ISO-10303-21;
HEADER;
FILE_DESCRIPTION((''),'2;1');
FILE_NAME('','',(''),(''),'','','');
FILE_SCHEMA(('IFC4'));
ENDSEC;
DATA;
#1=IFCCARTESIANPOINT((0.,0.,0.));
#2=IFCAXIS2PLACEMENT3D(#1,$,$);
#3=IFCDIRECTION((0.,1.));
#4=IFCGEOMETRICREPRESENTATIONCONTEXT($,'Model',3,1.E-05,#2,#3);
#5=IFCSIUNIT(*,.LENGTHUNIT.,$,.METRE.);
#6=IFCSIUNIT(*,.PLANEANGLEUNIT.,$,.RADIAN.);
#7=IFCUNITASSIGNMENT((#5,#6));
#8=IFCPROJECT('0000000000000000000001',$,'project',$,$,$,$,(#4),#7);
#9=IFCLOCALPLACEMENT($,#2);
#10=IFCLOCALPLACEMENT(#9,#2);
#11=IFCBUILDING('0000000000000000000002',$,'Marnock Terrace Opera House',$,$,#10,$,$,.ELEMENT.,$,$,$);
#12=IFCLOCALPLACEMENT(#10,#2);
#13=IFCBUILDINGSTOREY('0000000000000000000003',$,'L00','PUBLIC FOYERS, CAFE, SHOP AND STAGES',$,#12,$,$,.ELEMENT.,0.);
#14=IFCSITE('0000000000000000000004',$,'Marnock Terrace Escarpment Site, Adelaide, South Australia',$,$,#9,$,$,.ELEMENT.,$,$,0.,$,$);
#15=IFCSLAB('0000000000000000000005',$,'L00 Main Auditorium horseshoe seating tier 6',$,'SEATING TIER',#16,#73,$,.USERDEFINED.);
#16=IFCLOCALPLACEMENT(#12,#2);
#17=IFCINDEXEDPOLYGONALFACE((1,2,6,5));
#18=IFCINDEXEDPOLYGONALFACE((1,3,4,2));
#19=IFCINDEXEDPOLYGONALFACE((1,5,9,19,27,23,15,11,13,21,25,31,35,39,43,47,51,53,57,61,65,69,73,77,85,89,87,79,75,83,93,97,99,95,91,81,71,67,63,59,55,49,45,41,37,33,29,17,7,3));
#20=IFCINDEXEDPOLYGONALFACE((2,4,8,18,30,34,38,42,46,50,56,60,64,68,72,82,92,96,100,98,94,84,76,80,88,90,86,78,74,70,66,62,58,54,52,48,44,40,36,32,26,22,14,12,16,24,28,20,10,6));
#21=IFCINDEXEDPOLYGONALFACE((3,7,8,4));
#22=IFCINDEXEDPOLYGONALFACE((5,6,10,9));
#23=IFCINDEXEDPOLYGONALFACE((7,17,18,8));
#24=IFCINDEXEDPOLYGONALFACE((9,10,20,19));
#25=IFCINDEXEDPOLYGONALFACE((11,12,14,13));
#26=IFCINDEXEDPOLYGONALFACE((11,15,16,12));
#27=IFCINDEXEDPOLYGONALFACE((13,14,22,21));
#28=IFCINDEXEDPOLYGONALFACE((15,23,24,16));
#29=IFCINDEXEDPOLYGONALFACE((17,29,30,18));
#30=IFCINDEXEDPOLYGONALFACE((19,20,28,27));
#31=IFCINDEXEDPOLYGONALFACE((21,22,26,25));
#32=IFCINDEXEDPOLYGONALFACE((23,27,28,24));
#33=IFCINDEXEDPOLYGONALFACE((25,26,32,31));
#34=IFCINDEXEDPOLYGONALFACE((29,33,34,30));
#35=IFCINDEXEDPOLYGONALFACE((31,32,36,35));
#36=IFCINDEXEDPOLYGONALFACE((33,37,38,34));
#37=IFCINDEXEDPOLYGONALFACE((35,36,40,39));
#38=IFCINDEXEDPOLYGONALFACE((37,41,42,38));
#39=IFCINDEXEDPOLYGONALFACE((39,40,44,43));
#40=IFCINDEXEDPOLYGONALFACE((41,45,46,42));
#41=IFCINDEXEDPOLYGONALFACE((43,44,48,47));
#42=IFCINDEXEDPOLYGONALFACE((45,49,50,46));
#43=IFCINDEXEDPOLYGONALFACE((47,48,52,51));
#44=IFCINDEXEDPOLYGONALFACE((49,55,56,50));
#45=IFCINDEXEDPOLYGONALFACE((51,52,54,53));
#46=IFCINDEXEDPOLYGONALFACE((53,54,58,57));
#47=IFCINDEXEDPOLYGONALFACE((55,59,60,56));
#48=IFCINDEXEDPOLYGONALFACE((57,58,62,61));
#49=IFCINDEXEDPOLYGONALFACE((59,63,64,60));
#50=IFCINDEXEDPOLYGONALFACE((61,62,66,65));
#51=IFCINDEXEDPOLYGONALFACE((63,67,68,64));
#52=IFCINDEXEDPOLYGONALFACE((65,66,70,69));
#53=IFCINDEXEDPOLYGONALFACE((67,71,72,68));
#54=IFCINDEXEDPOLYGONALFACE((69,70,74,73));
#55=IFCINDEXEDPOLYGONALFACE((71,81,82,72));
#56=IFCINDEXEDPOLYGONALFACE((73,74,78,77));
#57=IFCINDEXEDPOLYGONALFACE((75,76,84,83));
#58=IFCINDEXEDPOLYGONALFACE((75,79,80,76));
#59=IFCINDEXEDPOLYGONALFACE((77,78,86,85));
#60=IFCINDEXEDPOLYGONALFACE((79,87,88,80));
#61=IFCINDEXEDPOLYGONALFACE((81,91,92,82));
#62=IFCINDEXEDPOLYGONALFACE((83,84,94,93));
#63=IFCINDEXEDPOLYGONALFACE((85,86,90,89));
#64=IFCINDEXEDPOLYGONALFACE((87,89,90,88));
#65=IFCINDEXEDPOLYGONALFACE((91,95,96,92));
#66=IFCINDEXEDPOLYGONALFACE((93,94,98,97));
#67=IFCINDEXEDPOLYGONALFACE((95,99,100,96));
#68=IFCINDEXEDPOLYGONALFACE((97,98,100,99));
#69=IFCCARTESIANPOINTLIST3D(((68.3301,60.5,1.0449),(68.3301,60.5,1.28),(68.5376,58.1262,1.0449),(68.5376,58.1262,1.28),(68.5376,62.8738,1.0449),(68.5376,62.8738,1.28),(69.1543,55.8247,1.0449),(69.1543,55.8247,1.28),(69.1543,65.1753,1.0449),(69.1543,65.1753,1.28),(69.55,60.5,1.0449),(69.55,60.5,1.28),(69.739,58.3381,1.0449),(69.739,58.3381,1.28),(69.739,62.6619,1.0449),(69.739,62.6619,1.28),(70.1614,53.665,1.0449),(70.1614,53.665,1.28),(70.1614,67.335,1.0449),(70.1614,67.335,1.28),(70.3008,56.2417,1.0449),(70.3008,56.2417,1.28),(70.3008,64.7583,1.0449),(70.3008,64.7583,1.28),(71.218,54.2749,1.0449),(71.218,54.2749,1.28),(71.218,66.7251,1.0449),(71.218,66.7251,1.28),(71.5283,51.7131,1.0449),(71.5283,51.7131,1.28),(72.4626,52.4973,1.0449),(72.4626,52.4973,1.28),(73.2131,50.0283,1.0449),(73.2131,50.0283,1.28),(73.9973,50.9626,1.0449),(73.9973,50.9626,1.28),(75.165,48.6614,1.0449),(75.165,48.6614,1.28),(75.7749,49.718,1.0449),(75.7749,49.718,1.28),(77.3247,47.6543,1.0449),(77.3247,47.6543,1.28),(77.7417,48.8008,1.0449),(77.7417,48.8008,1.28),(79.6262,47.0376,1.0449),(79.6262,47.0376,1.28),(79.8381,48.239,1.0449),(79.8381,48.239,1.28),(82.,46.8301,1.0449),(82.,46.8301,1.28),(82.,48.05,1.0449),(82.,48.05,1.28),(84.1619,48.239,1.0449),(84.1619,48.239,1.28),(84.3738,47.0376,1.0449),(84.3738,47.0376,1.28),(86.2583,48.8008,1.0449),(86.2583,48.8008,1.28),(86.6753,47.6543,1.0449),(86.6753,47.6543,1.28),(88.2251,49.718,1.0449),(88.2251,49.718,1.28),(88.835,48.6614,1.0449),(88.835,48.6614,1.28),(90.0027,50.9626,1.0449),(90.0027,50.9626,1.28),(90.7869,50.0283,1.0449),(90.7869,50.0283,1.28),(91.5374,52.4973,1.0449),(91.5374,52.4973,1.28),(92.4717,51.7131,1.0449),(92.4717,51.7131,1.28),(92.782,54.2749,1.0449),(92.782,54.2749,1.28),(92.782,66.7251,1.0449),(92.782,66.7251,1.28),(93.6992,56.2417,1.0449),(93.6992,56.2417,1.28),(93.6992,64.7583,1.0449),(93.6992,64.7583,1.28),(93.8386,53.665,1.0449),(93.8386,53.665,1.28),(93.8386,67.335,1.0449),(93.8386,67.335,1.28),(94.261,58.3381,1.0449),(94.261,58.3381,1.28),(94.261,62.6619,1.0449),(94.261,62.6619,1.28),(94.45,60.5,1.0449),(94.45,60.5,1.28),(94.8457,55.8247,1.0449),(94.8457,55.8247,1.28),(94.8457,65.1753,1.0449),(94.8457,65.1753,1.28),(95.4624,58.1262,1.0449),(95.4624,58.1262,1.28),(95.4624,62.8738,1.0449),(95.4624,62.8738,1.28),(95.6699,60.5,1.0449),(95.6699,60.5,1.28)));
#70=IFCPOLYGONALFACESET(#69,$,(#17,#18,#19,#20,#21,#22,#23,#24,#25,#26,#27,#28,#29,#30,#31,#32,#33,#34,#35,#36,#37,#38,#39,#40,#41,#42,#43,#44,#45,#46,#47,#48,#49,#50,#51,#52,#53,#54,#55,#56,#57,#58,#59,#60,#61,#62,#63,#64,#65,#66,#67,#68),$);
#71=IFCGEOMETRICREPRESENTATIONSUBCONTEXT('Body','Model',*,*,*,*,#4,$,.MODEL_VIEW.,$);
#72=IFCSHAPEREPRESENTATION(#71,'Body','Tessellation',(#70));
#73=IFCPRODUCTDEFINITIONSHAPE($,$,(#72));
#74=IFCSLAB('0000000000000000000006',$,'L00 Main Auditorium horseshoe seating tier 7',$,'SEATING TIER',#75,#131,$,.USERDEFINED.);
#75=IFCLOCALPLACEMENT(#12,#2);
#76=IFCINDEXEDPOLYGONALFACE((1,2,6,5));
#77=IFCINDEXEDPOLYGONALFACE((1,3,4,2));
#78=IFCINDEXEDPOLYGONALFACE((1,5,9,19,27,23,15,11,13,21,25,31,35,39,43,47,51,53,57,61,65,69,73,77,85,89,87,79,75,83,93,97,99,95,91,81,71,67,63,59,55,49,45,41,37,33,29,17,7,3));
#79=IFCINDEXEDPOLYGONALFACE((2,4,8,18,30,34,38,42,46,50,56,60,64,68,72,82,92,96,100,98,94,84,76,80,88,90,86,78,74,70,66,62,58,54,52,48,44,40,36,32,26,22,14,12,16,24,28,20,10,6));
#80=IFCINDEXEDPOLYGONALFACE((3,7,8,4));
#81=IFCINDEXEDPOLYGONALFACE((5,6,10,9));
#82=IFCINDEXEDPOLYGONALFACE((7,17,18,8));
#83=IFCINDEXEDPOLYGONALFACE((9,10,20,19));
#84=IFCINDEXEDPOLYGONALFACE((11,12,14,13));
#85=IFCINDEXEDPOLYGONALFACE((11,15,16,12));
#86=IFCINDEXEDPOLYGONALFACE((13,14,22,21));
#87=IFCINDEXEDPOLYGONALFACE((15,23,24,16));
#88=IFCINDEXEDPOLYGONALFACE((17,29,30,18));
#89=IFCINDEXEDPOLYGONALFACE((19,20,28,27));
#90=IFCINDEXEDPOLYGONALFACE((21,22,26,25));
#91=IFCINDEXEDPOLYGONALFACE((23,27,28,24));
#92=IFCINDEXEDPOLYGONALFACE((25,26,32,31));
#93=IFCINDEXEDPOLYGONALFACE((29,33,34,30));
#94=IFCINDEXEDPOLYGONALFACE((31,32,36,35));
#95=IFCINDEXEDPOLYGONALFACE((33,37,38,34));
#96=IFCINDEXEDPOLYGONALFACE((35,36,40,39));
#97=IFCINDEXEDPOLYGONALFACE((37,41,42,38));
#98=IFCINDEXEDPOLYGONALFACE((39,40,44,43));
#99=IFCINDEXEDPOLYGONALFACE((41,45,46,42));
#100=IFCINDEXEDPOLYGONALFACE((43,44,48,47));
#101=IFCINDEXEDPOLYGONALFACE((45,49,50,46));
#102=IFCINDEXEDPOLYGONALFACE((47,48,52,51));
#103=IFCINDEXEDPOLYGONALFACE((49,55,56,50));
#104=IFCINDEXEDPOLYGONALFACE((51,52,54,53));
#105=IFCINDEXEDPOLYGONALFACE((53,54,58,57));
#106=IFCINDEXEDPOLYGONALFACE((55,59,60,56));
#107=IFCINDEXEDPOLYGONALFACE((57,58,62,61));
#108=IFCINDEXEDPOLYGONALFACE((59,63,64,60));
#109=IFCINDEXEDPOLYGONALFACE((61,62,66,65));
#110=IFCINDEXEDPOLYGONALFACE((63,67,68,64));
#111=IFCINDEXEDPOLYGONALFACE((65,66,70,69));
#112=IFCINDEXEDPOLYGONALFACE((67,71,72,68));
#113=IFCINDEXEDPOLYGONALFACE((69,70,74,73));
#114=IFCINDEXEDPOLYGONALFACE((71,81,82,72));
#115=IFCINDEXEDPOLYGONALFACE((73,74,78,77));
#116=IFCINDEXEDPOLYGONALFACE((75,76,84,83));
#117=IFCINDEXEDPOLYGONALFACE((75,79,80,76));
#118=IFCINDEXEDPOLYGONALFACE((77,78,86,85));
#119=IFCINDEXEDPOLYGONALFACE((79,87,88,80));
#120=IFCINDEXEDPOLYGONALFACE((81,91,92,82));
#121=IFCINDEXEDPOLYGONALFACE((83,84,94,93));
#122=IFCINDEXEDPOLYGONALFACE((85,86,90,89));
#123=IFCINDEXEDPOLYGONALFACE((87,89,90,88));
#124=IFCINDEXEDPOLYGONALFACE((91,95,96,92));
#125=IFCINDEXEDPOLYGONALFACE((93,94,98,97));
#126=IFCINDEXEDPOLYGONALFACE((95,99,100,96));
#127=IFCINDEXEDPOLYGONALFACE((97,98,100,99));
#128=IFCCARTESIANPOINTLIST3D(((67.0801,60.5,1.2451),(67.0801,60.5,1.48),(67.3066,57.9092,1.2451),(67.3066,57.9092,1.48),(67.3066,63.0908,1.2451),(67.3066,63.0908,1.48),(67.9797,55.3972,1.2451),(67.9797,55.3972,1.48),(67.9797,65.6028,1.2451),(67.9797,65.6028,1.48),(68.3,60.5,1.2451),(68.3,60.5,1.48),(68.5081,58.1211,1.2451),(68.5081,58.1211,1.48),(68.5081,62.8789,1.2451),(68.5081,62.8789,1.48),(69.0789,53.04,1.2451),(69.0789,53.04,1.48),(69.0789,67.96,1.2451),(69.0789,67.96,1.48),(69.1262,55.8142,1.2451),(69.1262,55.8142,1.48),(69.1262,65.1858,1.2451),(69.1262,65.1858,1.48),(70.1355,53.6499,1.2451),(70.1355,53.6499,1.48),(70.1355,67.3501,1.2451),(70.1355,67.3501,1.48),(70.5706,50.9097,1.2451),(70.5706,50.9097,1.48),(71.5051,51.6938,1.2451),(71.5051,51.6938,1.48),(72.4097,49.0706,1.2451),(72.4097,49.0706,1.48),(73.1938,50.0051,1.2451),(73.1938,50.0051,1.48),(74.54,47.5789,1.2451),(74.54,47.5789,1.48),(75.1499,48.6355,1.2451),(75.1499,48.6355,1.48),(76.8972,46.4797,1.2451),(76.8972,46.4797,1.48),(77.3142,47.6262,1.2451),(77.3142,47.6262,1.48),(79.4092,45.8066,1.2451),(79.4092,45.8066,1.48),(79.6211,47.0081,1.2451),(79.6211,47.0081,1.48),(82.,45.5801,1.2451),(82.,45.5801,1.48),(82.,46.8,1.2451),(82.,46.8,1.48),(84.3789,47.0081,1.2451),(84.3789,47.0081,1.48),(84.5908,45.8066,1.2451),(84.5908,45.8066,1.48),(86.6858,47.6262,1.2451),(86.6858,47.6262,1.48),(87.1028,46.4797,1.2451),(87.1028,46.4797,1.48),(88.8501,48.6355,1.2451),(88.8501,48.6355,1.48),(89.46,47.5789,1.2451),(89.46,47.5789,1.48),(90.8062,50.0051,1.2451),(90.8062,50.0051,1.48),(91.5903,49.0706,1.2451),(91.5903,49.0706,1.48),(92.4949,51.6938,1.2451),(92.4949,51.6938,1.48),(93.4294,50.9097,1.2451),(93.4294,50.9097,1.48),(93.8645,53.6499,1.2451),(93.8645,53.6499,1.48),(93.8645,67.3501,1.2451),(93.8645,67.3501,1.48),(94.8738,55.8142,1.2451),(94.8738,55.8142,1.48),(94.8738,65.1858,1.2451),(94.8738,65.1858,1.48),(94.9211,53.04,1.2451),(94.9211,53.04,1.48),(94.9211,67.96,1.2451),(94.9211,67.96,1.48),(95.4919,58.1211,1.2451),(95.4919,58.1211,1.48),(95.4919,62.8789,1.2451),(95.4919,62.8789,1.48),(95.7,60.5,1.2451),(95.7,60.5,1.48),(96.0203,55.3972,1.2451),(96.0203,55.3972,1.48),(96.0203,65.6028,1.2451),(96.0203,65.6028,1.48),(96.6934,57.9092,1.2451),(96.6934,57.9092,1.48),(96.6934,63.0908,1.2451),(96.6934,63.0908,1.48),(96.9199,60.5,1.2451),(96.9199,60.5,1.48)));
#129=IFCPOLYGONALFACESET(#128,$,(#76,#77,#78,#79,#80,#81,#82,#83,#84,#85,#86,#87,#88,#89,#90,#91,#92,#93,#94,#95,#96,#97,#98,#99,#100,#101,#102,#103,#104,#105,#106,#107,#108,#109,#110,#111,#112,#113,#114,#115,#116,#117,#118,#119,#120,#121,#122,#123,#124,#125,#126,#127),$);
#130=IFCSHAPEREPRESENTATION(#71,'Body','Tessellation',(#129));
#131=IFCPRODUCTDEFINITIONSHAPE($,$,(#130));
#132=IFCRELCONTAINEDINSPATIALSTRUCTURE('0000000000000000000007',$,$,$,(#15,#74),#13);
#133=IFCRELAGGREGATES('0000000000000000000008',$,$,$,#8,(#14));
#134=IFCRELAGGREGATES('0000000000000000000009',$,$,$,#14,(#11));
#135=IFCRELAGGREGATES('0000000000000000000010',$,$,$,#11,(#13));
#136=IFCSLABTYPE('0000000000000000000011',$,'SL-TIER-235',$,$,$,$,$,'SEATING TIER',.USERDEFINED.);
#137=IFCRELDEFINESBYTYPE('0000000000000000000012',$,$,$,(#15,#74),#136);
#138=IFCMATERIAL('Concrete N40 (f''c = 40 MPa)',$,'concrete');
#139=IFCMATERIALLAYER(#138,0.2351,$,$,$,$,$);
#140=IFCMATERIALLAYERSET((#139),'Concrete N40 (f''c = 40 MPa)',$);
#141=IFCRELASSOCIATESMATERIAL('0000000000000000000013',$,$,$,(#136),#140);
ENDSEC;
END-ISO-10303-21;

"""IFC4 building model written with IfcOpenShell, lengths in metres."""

from ifc_helpers import new_model, si_unit, direction, frame, origin, place, context, subcontext, project, spatial, polyline, outline, extrude, material, layer, layer_set, type_object, element, save


model = new_model("IFC4")

# Units and contexts
model_context = context("Model", 3, precision=1e-05, world=origin(), true_north=direction((0.0, 1.0)))
body_context = subcontext(model_context, "Body", "Model", "MODEL_VIEW")
ifc_project = project(units=[si_unit("LENGTHUNIT", "METRE"), si_unit("PLANEANGLEUNIT", "RADIAN")], contexts=[model_context])

# Site, building, storey
site_placement = place(None, origin())
site = spatial("IfcSite", under=ifc_project, at=site_placement, Name="Marnock Terrace Escarpment Site, Adelaide, South Australia", CompositionType="ELEMENT", RefElevation=0.0)
building_placement = place(site_placement, origin())
building = spatial("IfcBuilding", under=site, at=building_placement, Name="Marnock Terrace Opera House", CompositionType="ELEMENT")
storey_placement = place(building_placement, origin())
storey = spatial("IfcBuildingStorey", under=building, at=storey_placement, Name="L00", Description="PUBLIC FOYERS, CAFE, SHOP AND STAGES", CompositionType="ELEMENT", Elevation=0.0)

# Slabs
ifc_material_1 = material(Name="Concrete N40 (f'c = 40 MPa)", Category="concrete")
ifc_layer_1 = layer(ifc_material_1, 0.2351)
ifc_layer_set_1 = layer_set([ifc_layer_1], Name="Concrete N40 (f'c = 40 MPa)")
slab_type_1 = type_object("IfcSlabType", Name="SL-TIER-235", ElementType="SEATING TIER", PredefinedType="USERDEFINED", material=ifc_layer_set_1)
slab_1_placement = place(storey_placement, frame((0.0, 0.0, 1.0449)))
element("IfcSlab", 1, at=slab_1_placement, inside=storey, type_object=slab_type_1, Name="L00 Main Auditorium horseshoe seating tier 6", ObjectType="SEATING TIER", PredefinedType="USERDEFINED", context=body_context, shape_type="SweptSolid", body=[
    extrude(outline(polyline([(70.1614, 67.335), (69.1543, 65.1753), (68.5376, 62.8738), (68.3301, 60.5), (68.5376, 58.1262), (69.1543, 55.8247), (70.1614, 53.665), (71.5283, 51.7131), (73.2131, 50.0283), (75.165, 48.6614), (77.3247, 47.6543), (79.6262, 47.0376), (82.0, 46.8301), (84.3738, 47.0376), (86.6753, 47.6543), (88.835, 48.6614), (90.7869, 50.0283), (92.4717, 51.7131), (93.8386, 53.665), (94.8457, 55.8247), (95.4624, 58.1262), (95.6699, 60.5), (95.4624, 62.8738), (94.8457, 65.1753), (93.8386, 67.335), (92.782, 66.7251), (93.6992, 64.7583), (94.261, 62.6619), (94.45, 60.5), (94.261, 58.3381), (93.6992, 56.2417), (92.782, 54.2749), (91.5374, 52.4973), (90.0027, 50.9626), (88.2251, 49.718), (86.2583, 48.8008), (84.1619, 48.239), (82.0, 48.05), (79.8381, 48.239), (77.7417, 48.8008), (75.7749, 49.718), (73.9973, 50.9626), (72.4626, 52.4973), (71.218, 54.2749), (70.3008, 56.2417), (69.739, 58.3381), (69.55, 60.5), (69.739, 62.6619), (70.3008, 64.7583), (71.218, 66.7251), (70.1614, 67.335)])), origin(), (0.0, 0.0, 1.0), 0.2351),
])
slab_2_placement = place(storey_placement, frame((0.0, 0.0, 1.2451)))
element("IfcSlab", 2, at=slab_2_placement, inside=storey, type_object=slab_type_1, Name="L00 Main Auditorium horseshoe seating tier 7", ObjectType="SEATING TIER", PredefinedType="USERDEFINED", context=body_context, shape_type="SweptSolid", body=[
    extrude(outline(polyline([(69.0789, 67.96), (67.9797, 65.6028), (67.3066, 63.0908), (67.0801, 60.5), (67.3066, 57.9092), (67.9797, 55.3972), (69.0789, 53.04), (70.5706, 50.9097), (72.4097, 49.0706), (74.54, 47.5789), (76.8972, 46.4797), (79.4092, 45.8066), (82.0, 45.5801), (84.5908, 45.8066), (87.1028, 46.4797), (89.46, 47.5789), (91.5903, 49.0706), (93.4294, 50.9097), (94.9211, 53.04), (96.0203, 55.3972), (96.6934, 57.9092), (96.9199, 60.5), (96.6934, 63.0908), (96.0203, 65.6028), (94.9211, 67.96), (93.8645, 67.3501), (94.8738, 65.1858), (95.4919, 62.8789), (95.7, 60.5), (95.4919, 58.1211), (94.8738, 55.8142), (93.8645, 53.6499), (92.4949, 51.6938), (90.8062, 50.0051), (88.8501, 48.6355), (86.6858, 47.6262), (84.3789, 47.0081), (82.0, 46.8), (79.6211, 47.0081), (77.3142, 47.6262), (75.1499, 48.6355), (73.1938, 50.0051), (71.5051, 51.6938), (70.1355, 53.6499), (69.1262, 55.8142), (68.5081, 58.1211), (68.3, 60.5), (68.5081, 62.8789), (69.1262, 65.1858), (70.1355, 67.3501), (69.0789, 67.96)])), origin(), (0.0, 0.0, 1.0), 0.2349),
])

save(model, "model.ifc")
